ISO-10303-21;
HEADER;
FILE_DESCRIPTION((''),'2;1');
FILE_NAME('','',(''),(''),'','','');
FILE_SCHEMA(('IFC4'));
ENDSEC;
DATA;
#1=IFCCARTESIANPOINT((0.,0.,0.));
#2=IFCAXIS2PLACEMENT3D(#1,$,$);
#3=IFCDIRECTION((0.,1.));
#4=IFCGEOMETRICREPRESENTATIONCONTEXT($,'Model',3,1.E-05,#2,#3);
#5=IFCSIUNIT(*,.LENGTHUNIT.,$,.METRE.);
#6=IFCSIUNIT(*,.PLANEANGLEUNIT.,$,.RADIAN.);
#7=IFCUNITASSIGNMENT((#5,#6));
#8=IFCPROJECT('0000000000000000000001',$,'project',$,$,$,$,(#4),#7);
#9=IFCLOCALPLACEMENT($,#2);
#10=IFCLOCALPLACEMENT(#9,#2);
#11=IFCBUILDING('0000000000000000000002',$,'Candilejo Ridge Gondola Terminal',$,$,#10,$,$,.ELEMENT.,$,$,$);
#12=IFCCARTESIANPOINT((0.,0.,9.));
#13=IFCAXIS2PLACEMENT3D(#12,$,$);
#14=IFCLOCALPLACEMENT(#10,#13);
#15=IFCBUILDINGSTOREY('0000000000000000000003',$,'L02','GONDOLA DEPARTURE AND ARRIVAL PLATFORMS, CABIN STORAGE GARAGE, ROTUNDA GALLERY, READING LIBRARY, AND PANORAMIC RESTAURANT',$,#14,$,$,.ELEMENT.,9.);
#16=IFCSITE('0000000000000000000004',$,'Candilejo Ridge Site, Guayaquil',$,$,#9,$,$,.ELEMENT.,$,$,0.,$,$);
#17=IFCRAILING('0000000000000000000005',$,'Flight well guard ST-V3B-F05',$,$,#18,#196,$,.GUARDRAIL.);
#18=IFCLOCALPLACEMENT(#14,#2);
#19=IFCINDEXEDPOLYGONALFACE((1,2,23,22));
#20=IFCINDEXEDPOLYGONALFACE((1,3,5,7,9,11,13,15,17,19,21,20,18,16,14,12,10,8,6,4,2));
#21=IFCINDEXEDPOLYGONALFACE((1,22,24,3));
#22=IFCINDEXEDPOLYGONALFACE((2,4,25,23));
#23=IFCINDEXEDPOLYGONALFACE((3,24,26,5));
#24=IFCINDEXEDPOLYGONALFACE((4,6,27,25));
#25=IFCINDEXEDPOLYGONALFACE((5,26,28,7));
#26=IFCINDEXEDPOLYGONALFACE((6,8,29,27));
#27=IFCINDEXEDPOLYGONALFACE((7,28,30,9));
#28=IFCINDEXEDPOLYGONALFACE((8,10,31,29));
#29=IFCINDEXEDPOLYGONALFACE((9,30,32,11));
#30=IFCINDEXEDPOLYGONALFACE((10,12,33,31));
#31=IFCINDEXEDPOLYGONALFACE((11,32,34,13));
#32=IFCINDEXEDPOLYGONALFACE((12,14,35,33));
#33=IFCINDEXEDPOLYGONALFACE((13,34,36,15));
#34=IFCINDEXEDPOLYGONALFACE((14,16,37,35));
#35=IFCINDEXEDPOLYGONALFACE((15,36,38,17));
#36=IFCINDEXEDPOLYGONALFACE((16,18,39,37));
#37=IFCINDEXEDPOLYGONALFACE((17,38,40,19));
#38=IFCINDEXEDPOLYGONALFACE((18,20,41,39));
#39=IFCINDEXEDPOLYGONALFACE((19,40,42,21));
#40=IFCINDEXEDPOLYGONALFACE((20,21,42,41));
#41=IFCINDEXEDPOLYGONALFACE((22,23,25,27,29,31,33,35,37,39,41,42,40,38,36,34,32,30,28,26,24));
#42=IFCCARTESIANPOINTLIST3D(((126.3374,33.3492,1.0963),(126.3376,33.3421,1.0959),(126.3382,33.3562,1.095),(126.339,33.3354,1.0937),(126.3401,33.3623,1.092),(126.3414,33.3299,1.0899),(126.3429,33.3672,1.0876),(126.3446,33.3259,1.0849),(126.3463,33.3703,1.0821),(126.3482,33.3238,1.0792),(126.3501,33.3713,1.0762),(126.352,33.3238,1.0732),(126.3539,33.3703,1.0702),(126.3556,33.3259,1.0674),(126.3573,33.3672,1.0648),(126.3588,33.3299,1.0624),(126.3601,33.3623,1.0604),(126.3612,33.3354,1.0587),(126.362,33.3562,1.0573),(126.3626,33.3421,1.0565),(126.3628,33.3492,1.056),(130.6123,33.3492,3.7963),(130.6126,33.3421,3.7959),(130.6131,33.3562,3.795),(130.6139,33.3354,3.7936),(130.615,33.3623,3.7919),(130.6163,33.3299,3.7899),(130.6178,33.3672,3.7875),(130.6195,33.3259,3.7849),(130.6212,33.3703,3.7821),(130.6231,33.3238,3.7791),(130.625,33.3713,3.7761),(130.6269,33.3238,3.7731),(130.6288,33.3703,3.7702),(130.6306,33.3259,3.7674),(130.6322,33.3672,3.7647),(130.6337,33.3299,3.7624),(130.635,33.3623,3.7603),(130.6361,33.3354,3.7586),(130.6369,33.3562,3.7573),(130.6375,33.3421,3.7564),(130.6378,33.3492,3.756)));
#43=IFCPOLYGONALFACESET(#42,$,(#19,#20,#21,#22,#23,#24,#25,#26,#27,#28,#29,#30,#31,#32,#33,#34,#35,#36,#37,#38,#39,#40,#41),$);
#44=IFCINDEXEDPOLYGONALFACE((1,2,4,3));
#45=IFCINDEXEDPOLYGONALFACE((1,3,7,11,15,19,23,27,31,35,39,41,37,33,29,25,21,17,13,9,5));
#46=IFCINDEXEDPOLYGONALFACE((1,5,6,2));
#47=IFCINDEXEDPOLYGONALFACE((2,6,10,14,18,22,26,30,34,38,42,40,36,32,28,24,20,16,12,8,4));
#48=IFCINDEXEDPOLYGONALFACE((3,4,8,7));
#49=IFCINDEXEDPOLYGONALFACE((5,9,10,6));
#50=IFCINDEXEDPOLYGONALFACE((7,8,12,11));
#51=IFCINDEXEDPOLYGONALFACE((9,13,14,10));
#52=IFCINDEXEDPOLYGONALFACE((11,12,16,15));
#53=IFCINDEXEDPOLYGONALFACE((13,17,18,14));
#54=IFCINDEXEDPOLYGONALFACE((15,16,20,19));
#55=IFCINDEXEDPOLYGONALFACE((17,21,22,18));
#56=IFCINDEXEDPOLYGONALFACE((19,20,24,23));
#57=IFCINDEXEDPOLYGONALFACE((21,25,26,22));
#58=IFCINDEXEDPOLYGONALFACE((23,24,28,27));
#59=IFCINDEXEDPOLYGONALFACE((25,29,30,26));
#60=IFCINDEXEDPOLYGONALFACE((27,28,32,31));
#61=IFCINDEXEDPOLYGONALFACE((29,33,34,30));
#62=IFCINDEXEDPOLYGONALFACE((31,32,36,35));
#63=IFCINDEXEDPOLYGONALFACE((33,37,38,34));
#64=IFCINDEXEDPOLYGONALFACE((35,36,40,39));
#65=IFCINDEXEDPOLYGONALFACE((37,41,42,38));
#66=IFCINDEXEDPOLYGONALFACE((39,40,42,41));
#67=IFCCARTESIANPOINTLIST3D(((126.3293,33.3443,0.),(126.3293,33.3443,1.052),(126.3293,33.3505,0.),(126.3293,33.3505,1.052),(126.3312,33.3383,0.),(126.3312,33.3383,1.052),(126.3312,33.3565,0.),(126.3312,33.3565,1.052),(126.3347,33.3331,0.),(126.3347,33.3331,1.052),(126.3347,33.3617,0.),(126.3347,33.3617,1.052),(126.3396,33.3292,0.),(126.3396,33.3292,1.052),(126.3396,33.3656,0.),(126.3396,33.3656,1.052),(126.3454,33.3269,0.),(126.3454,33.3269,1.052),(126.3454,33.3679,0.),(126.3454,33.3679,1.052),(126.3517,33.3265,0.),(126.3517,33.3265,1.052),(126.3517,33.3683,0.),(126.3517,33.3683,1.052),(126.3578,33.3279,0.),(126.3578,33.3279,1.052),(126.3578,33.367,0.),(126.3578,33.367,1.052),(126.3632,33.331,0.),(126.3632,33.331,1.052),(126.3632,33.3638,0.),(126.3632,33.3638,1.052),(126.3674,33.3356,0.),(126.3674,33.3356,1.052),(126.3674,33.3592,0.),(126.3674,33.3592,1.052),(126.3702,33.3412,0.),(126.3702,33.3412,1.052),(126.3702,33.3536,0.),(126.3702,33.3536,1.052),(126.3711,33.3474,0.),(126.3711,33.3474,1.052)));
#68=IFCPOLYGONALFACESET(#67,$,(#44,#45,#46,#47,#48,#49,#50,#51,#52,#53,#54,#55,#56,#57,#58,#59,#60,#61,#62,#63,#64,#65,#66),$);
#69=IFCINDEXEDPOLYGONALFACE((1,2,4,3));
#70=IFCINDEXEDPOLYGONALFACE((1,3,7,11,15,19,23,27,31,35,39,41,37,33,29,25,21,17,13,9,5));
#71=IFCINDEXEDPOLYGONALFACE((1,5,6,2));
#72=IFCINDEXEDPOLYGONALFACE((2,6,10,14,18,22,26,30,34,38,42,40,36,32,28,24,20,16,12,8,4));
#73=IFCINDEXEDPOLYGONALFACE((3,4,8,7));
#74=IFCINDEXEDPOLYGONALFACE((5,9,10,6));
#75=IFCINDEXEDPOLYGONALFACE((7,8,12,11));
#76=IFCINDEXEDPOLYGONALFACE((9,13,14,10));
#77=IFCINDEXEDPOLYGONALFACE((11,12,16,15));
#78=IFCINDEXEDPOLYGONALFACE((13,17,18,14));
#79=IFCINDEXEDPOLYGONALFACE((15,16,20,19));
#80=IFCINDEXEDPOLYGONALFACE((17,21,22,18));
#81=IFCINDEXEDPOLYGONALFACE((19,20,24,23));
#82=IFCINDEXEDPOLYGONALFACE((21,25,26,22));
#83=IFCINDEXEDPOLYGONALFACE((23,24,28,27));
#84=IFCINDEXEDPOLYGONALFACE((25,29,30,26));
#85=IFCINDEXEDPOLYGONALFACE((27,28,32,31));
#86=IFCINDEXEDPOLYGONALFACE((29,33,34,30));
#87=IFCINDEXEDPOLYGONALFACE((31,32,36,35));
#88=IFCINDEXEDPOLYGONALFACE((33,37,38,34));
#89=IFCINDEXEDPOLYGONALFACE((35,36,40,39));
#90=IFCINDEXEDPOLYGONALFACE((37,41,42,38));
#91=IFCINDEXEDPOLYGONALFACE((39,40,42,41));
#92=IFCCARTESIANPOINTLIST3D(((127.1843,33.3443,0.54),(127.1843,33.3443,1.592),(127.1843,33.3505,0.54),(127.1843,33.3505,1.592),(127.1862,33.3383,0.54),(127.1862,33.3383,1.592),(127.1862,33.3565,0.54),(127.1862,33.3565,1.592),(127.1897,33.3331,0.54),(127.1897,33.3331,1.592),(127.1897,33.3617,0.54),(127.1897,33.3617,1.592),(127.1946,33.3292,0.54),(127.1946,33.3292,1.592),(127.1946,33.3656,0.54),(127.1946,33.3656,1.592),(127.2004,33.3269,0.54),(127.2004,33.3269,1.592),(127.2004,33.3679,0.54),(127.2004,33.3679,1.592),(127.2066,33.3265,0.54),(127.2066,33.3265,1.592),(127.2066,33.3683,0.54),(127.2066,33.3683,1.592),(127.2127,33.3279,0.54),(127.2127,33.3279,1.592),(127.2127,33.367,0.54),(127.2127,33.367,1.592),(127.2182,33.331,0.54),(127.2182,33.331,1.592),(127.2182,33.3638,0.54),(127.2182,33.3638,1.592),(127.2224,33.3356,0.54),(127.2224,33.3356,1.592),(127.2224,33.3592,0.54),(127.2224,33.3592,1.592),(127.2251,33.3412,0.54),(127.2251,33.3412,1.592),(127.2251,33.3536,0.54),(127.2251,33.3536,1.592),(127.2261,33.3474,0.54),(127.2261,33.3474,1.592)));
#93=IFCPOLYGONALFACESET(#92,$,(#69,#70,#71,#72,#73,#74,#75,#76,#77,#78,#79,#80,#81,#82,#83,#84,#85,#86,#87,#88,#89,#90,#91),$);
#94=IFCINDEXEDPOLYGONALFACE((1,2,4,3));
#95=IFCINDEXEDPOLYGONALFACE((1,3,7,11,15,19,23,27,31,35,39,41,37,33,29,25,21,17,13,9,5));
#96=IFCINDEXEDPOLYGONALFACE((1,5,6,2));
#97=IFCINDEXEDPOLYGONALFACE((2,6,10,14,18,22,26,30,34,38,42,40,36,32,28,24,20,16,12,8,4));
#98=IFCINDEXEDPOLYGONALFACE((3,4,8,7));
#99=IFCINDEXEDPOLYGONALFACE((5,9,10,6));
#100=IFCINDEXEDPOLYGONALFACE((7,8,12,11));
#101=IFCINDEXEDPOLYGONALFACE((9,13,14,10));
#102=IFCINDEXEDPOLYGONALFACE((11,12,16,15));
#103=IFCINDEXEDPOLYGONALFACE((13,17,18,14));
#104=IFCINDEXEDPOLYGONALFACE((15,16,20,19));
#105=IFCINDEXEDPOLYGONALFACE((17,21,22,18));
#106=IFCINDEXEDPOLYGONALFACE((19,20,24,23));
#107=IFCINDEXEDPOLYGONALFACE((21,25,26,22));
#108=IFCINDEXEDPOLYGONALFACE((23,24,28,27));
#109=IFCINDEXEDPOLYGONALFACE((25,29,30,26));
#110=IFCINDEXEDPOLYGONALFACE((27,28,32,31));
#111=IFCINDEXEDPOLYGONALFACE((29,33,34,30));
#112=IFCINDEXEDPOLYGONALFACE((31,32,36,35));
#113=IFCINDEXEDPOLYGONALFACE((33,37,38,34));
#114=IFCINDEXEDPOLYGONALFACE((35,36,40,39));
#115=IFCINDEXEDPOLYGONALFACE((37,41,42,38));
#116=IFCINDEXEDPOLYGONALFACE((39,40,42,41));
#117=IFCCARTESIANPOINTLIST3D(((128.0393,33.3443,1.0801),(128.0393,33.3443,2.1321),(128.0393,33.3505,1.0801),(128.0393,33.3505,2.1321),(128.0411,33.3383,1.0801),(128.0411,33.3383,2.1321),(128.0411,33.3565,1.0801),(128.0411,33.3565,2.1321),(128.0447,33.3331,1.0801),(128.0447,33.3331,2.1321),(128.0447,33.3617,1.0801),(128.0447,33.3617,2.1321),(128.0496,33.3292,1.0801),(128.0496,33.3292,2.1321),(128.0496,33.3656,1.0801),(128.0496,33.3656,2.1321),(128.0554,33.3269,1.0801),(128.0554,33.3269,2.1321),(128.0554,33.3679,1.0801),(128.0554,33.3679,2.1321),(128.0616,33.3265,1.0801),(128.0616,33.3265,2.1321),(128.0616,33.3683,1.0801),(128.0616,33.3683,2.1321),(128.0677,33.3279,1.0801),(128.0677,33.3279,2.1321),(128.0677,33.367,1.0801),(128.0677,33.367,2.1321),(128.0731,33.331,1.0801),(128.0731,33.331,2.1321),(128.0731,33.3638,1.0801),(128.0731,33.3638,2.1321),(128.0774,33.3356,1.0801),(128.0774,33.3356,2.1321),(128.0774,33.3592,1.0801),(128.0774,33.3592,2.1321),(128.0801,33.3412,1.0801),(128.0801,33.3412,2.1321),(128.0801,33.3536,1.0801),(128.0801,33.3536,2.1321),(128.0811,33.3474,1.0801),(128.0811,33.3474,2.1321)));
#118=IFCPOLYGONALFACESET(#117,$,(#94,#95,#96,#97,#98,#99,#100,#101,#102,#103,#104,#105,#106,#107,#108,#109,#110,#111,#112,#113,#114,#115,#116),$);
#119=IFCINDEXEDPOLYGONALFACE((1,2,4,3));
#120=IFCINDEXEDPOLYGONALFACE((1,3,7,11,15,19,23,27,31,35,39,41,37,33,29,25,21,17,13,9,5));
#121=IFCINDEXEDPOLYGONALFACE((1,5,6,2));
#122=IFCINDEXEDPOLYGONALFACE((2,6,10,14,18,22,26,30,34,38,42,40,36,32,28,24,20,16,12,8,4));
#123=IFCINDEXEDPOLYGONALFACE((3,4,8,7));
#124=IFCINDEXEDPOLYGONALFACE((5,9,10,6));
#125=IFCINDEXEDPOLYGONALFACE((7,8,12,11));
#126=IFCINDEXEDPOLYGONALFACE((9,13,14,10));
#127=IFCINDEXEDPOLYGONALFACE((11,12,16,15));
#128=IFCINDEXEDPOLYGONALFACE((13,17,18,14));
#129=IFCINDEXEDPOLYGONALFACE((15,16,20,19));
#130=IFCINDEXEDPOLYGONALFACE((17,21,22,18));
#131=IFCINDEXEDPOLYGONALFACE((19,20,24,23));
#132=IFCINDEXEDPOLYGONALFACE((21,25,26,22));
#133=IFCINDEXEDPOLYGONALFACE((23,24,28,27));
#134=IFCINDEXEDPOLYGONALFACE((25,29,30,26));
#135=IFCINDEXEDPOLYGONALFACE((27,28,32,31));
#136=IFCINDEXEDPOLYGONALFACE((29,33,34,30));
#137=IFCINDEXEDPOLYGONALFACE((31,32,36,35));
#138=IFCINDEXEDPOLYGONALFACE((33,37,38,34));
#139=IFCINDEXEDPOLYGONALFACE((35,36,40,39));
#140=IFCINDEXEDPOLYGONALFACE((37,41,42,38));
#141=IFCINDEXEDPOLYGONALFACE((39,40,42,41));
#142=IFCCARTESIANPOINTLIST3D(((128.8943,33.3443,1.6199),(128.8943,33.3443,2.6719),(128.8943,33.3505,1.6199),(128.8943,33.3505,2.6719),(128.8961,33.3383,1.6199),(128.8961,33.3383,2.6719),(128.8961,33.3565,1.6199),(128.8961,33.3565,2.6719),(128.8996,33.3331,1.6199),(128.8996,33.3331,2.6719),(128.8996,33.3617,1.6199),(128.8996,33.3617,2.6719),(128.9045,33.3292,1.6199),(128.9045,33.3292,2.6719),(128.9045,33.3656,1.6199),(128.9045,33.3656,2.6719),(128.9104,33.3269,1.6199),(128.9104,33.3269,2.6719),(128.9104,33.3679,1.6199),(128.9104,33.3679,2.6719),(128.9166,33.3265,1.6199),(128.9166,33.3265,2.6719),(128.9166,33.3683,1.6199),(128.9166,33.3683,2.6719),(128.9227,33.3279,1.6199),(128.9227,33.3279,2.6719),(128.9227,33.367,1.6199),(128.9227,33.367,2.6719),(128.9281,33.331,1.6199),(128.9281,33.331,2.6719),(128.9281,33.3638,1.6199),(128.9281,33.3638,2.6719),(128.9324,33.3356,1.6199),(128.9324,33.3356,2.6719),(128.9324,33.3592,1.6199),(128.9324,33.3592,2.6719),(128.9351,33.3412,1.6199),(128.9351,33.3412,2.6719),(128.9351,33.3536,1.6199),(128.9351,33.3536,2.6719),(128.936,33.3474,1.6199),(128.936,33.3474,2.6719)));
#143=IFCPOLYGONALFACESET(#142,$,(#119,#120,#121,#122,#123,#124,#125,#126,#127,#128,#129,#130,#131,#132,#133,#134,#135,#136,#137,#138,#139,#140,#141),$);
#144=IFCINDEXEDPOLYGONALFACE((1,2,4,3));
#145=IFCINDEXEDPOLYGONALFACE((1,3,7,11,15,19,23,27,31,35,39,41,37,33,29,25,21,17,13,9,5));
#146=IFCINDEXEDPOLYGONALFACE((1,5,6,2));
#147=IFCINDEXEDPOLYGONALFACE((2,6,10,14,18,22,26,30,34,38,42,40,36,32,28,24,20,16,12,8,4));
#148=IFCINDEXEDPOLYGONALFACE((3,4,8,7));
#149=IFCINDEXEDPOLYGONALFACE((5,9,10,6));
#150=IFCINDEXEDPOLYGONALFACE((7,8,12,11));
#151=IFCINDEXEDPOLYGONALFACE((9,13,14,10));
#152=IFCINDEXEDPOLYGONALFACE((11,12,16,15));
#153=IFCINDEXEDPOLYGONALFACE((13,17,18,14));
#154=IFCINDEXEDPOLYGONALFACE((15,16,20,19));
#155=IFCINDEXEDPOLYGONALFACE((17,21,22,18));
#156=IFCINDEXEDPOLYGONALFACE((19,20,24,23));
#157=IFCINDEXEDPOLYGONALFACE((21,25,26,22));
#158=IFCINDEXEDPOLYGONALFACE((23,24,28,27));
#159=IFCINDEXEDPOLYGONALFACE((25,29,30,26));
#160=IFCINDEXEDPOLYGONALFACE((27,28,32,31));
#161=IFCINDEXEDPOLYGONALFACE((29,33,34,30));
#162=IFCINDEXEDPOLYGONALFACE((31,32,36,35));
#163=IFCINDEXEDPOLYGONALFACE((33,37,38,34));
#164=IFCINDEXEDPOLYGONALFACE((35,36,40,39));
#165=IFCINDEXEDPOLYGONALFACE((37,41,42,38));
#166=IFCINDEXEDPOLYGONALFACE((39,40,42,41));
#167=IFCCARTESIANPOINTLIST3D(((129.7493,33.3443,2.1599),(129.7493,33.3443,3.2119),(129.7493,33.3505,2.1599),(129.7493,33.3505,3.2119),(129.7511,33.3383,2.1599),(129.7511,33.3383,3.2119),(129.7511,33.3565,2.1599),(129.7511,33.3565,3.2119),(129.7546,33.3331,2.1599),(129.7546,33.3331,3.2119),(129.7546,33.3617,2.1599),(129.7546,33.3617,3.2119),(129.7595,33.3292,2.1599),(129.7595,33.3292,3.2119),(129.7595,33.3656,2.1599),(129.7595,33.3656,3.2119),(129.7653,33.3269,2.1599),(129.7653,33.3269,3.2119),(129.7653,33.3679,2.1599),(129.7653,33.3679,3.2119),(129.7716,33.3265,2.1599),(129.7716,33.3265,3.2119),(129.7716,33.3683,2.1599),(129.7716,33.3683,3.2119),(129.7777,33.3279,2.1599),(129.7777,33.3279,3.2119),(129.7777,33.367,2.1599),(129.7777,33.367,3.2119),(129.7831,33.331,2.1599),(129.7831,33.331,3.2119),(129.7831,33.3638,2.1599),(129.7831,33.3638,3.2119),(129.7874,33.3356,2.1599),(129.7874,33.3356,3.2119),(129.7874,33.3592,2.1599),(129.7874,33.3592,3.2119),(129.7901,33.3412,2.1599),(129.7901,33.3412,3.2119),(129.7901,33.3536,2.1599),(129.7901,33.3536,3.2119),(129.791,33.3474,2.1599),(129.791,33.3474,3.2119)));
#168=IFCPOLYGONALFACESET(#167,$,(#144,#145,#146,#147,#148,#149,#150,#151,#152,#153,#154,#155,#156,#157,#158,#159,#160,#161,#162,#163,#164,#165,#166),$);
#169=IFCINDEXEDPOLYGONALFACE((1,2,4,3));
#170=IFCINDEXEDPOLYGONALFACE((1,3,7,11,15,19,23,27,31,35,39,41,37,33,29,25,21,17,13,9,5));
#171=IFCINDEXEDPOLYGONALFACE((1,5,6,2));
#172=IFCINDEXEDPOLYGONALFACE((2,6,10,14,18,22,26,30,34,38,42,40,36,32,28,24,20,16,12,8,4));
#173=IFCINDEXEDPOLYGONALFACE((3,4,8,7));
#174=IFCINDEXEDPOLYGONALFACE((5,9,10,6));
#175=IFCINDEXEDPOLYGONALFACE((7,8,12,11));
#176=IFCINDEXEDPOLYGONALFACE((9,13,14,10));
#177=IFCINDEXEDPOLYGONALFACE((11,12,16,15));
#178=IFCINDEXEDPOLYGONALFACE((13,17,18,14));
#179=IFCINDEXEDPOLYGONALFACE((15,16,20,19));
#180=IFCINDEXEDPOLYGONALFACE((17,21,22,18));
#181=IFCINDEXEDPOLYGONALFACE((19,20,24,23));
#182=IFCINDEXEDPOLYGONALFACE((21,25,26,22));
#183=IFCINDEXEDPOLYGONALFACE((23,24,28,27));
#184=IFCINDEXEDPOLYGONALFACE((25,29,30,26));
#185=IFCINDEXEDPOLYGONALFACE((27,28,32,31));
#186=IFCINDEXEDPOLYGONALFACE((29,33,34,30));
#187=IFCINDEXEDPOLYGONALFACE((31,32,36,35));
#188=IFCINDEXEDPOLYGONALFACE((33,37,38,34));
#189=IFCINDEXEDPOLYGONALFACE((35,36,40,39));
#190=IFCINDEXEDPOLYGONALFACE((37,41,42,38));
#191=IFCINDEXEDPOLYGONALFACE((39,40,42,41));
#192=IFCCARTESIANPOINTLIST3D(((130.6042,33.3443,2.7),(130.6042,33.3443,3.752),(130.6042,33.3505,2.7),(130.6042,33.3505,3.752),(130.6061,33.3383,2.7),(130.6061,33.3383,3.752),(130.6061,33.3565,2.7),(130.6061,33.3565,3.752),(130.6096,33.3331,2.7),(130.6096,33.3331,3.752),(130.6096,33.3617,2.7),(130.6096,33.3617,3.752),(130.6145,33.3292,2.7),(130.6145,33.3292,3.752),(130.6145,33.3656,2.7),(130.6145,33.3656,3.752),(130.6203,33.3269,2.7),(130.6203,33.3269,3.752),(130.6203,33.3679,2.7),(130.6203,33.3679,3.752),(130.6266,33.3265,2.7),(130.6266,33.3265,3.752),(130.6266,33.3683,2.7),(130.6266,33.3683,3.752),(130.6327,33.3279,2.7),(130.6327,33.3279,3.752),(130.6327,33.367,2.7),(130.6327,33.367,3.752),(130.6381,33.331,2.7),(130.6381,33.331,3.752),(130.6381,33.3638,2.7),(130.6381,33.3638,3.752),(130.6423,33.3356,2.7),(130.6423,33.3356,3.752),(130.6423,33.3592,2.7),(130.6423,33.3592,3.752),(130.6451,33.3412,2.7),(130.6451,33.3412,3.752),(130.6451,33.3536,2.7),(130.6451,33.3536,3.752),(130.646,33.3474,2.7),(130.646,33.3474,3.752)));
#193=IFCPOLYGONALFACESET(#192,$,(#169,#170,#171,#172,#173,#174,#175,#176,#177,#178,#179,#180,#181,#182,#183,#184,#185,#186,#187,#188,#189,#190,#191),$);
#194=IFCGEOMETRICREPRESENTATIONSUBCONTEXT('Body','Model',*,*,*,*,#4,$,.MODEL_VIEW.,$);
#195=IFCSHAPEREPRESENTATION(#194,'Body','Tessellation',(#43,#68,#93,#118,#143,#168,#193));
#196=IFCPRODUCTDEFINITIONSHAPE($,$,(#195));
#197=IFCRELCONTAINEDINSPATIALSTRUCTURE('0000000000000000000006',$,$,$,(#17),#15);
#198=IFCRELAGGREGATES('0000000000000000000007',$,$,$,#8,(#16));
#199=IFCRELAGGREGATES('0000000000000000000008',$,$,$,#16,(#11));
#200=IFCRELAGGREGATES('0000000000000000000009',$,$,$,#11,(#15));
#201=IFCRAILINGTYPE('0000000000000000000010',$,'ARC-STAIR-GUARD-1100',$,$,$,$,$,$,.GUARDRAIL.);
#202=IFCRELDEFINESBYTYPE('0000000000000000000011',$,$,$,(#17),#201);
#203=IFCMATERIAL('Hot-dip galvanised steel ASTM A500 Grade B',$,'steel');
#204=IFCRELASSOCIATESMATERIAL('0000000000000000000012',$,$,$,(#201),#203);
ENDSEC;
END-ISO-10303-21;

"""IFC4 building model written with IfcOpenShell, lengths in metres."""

from ifc_helpers import new_model, si_unit, direction, frame, origin, origin_2d, place, context, subcontext, project, spatial, circle, extrude, material, type_object, element, save


model = new_model("IFC4")

# Units and contexts
model_context = context("Model", 3, precision=1e-05, world=origin(), true_north=direction((0.0, 1.0)))
body_context = subcontext(model_context, "Body", "Model", "MODEL_VIEW")
ifc_project = project(units=[si_unit("LENGTHUNIT", "METRE"), si_unit("PLANEANGLEUNIT", "RADIAN")], contexts=[model_context])

# Site, building, storey
site_placement = place(None, origin())
site = spatial("IfcSite", under=ifc_project, at=site_placement, Name="Candilejo Ridge Site, Guayaquil", CompositionType="ELEMENT", RefElevation=0.0)
building_placement = place(site_placement, origin())
building = spatial("IfcBuilding", under=site, at=building_placement, Name="Candilejo Ridge Gondola Terminal", CompositionType="ELEMENT")
storey_placement = place(building_placement, frame((0.0, 0.0, 9.0)))
storey = spatial("IfcBuildingStorey", under=building, at=storey_placement, Name="L02", Description="GONDOLA DEPARTURE AND ARRIVAL PLATFORMS, CABIN STORAGE GARAGE, ROTUNDA GALLERY, READING LIBRARY, AND PANORAMIC RESTAURANT", CompositionType="ELEMENT", Elevation=9.0)

# Railing
ifc_material_1 = material(Name="Hot-dip galvanised steel ASTM A500 Grade B", Category="steel")
railing_type_1 = type_object("IfcRailingType", Name="ARC-STAIR-GUARD-1100", PredefinedType="GUARDRAIL", material=ifc_material_1)
railing_1_placement = place(storey_placement, frame((126.3501, 33.3474, 0.0)))
element("IfcRailing", 1, at=railing_1_placement, inside=storey, type_object=railing_type_1, Name="Flight well guard ST-V3B-F05", PredefinedType="GUARDRAIL", context=body_context, shape_type="SweptSolid", body=[
    extrude(circle(Radius=0.0239, at=origin_2d()), frame((0.0, 0.0, 1.0762), z_axis=(0.845488, 0.0, 0.533995), x_axis=(0.0, 1.0, 0.0)), (0.0, 0.0, 1.0), 5.0562),
    extrude(circle(Radius=0.021, at=origin_2d()), origin(), (0.0, 0.0, 1.0), 1.052),
    extrude(circle(Radius=0.021, at=origin_2d()), frame((0.855, 0.0, 0.54)), (0.0, 0.0, 1.0), 1.052),
    extrude(circle(Radius=0.021, at=origin_2d()), frame((1.71, 0.0, 1.0801)), (0.0, 0.0, 1.0), 1.052),
    extrude(circle(Radius=0.021, at=origin_2d()), frame((2.5649, 0.0, 1.6199)), (0.0, 0.0, 1.0), 1.052),
    extrude(circle(Radius=0.021, at=origin_2d()), frame((3.4199, 0.0, 2.1599)), (0.0, 0.0, 1.0), 1.052),
    extrude(circle(Radius=0.021, at=origin_2d()), frame((4.2749, 0.0, 2.7)), (0.0, 0.0, 1.0), 1.052),
])

save(model, "model.ifc")
